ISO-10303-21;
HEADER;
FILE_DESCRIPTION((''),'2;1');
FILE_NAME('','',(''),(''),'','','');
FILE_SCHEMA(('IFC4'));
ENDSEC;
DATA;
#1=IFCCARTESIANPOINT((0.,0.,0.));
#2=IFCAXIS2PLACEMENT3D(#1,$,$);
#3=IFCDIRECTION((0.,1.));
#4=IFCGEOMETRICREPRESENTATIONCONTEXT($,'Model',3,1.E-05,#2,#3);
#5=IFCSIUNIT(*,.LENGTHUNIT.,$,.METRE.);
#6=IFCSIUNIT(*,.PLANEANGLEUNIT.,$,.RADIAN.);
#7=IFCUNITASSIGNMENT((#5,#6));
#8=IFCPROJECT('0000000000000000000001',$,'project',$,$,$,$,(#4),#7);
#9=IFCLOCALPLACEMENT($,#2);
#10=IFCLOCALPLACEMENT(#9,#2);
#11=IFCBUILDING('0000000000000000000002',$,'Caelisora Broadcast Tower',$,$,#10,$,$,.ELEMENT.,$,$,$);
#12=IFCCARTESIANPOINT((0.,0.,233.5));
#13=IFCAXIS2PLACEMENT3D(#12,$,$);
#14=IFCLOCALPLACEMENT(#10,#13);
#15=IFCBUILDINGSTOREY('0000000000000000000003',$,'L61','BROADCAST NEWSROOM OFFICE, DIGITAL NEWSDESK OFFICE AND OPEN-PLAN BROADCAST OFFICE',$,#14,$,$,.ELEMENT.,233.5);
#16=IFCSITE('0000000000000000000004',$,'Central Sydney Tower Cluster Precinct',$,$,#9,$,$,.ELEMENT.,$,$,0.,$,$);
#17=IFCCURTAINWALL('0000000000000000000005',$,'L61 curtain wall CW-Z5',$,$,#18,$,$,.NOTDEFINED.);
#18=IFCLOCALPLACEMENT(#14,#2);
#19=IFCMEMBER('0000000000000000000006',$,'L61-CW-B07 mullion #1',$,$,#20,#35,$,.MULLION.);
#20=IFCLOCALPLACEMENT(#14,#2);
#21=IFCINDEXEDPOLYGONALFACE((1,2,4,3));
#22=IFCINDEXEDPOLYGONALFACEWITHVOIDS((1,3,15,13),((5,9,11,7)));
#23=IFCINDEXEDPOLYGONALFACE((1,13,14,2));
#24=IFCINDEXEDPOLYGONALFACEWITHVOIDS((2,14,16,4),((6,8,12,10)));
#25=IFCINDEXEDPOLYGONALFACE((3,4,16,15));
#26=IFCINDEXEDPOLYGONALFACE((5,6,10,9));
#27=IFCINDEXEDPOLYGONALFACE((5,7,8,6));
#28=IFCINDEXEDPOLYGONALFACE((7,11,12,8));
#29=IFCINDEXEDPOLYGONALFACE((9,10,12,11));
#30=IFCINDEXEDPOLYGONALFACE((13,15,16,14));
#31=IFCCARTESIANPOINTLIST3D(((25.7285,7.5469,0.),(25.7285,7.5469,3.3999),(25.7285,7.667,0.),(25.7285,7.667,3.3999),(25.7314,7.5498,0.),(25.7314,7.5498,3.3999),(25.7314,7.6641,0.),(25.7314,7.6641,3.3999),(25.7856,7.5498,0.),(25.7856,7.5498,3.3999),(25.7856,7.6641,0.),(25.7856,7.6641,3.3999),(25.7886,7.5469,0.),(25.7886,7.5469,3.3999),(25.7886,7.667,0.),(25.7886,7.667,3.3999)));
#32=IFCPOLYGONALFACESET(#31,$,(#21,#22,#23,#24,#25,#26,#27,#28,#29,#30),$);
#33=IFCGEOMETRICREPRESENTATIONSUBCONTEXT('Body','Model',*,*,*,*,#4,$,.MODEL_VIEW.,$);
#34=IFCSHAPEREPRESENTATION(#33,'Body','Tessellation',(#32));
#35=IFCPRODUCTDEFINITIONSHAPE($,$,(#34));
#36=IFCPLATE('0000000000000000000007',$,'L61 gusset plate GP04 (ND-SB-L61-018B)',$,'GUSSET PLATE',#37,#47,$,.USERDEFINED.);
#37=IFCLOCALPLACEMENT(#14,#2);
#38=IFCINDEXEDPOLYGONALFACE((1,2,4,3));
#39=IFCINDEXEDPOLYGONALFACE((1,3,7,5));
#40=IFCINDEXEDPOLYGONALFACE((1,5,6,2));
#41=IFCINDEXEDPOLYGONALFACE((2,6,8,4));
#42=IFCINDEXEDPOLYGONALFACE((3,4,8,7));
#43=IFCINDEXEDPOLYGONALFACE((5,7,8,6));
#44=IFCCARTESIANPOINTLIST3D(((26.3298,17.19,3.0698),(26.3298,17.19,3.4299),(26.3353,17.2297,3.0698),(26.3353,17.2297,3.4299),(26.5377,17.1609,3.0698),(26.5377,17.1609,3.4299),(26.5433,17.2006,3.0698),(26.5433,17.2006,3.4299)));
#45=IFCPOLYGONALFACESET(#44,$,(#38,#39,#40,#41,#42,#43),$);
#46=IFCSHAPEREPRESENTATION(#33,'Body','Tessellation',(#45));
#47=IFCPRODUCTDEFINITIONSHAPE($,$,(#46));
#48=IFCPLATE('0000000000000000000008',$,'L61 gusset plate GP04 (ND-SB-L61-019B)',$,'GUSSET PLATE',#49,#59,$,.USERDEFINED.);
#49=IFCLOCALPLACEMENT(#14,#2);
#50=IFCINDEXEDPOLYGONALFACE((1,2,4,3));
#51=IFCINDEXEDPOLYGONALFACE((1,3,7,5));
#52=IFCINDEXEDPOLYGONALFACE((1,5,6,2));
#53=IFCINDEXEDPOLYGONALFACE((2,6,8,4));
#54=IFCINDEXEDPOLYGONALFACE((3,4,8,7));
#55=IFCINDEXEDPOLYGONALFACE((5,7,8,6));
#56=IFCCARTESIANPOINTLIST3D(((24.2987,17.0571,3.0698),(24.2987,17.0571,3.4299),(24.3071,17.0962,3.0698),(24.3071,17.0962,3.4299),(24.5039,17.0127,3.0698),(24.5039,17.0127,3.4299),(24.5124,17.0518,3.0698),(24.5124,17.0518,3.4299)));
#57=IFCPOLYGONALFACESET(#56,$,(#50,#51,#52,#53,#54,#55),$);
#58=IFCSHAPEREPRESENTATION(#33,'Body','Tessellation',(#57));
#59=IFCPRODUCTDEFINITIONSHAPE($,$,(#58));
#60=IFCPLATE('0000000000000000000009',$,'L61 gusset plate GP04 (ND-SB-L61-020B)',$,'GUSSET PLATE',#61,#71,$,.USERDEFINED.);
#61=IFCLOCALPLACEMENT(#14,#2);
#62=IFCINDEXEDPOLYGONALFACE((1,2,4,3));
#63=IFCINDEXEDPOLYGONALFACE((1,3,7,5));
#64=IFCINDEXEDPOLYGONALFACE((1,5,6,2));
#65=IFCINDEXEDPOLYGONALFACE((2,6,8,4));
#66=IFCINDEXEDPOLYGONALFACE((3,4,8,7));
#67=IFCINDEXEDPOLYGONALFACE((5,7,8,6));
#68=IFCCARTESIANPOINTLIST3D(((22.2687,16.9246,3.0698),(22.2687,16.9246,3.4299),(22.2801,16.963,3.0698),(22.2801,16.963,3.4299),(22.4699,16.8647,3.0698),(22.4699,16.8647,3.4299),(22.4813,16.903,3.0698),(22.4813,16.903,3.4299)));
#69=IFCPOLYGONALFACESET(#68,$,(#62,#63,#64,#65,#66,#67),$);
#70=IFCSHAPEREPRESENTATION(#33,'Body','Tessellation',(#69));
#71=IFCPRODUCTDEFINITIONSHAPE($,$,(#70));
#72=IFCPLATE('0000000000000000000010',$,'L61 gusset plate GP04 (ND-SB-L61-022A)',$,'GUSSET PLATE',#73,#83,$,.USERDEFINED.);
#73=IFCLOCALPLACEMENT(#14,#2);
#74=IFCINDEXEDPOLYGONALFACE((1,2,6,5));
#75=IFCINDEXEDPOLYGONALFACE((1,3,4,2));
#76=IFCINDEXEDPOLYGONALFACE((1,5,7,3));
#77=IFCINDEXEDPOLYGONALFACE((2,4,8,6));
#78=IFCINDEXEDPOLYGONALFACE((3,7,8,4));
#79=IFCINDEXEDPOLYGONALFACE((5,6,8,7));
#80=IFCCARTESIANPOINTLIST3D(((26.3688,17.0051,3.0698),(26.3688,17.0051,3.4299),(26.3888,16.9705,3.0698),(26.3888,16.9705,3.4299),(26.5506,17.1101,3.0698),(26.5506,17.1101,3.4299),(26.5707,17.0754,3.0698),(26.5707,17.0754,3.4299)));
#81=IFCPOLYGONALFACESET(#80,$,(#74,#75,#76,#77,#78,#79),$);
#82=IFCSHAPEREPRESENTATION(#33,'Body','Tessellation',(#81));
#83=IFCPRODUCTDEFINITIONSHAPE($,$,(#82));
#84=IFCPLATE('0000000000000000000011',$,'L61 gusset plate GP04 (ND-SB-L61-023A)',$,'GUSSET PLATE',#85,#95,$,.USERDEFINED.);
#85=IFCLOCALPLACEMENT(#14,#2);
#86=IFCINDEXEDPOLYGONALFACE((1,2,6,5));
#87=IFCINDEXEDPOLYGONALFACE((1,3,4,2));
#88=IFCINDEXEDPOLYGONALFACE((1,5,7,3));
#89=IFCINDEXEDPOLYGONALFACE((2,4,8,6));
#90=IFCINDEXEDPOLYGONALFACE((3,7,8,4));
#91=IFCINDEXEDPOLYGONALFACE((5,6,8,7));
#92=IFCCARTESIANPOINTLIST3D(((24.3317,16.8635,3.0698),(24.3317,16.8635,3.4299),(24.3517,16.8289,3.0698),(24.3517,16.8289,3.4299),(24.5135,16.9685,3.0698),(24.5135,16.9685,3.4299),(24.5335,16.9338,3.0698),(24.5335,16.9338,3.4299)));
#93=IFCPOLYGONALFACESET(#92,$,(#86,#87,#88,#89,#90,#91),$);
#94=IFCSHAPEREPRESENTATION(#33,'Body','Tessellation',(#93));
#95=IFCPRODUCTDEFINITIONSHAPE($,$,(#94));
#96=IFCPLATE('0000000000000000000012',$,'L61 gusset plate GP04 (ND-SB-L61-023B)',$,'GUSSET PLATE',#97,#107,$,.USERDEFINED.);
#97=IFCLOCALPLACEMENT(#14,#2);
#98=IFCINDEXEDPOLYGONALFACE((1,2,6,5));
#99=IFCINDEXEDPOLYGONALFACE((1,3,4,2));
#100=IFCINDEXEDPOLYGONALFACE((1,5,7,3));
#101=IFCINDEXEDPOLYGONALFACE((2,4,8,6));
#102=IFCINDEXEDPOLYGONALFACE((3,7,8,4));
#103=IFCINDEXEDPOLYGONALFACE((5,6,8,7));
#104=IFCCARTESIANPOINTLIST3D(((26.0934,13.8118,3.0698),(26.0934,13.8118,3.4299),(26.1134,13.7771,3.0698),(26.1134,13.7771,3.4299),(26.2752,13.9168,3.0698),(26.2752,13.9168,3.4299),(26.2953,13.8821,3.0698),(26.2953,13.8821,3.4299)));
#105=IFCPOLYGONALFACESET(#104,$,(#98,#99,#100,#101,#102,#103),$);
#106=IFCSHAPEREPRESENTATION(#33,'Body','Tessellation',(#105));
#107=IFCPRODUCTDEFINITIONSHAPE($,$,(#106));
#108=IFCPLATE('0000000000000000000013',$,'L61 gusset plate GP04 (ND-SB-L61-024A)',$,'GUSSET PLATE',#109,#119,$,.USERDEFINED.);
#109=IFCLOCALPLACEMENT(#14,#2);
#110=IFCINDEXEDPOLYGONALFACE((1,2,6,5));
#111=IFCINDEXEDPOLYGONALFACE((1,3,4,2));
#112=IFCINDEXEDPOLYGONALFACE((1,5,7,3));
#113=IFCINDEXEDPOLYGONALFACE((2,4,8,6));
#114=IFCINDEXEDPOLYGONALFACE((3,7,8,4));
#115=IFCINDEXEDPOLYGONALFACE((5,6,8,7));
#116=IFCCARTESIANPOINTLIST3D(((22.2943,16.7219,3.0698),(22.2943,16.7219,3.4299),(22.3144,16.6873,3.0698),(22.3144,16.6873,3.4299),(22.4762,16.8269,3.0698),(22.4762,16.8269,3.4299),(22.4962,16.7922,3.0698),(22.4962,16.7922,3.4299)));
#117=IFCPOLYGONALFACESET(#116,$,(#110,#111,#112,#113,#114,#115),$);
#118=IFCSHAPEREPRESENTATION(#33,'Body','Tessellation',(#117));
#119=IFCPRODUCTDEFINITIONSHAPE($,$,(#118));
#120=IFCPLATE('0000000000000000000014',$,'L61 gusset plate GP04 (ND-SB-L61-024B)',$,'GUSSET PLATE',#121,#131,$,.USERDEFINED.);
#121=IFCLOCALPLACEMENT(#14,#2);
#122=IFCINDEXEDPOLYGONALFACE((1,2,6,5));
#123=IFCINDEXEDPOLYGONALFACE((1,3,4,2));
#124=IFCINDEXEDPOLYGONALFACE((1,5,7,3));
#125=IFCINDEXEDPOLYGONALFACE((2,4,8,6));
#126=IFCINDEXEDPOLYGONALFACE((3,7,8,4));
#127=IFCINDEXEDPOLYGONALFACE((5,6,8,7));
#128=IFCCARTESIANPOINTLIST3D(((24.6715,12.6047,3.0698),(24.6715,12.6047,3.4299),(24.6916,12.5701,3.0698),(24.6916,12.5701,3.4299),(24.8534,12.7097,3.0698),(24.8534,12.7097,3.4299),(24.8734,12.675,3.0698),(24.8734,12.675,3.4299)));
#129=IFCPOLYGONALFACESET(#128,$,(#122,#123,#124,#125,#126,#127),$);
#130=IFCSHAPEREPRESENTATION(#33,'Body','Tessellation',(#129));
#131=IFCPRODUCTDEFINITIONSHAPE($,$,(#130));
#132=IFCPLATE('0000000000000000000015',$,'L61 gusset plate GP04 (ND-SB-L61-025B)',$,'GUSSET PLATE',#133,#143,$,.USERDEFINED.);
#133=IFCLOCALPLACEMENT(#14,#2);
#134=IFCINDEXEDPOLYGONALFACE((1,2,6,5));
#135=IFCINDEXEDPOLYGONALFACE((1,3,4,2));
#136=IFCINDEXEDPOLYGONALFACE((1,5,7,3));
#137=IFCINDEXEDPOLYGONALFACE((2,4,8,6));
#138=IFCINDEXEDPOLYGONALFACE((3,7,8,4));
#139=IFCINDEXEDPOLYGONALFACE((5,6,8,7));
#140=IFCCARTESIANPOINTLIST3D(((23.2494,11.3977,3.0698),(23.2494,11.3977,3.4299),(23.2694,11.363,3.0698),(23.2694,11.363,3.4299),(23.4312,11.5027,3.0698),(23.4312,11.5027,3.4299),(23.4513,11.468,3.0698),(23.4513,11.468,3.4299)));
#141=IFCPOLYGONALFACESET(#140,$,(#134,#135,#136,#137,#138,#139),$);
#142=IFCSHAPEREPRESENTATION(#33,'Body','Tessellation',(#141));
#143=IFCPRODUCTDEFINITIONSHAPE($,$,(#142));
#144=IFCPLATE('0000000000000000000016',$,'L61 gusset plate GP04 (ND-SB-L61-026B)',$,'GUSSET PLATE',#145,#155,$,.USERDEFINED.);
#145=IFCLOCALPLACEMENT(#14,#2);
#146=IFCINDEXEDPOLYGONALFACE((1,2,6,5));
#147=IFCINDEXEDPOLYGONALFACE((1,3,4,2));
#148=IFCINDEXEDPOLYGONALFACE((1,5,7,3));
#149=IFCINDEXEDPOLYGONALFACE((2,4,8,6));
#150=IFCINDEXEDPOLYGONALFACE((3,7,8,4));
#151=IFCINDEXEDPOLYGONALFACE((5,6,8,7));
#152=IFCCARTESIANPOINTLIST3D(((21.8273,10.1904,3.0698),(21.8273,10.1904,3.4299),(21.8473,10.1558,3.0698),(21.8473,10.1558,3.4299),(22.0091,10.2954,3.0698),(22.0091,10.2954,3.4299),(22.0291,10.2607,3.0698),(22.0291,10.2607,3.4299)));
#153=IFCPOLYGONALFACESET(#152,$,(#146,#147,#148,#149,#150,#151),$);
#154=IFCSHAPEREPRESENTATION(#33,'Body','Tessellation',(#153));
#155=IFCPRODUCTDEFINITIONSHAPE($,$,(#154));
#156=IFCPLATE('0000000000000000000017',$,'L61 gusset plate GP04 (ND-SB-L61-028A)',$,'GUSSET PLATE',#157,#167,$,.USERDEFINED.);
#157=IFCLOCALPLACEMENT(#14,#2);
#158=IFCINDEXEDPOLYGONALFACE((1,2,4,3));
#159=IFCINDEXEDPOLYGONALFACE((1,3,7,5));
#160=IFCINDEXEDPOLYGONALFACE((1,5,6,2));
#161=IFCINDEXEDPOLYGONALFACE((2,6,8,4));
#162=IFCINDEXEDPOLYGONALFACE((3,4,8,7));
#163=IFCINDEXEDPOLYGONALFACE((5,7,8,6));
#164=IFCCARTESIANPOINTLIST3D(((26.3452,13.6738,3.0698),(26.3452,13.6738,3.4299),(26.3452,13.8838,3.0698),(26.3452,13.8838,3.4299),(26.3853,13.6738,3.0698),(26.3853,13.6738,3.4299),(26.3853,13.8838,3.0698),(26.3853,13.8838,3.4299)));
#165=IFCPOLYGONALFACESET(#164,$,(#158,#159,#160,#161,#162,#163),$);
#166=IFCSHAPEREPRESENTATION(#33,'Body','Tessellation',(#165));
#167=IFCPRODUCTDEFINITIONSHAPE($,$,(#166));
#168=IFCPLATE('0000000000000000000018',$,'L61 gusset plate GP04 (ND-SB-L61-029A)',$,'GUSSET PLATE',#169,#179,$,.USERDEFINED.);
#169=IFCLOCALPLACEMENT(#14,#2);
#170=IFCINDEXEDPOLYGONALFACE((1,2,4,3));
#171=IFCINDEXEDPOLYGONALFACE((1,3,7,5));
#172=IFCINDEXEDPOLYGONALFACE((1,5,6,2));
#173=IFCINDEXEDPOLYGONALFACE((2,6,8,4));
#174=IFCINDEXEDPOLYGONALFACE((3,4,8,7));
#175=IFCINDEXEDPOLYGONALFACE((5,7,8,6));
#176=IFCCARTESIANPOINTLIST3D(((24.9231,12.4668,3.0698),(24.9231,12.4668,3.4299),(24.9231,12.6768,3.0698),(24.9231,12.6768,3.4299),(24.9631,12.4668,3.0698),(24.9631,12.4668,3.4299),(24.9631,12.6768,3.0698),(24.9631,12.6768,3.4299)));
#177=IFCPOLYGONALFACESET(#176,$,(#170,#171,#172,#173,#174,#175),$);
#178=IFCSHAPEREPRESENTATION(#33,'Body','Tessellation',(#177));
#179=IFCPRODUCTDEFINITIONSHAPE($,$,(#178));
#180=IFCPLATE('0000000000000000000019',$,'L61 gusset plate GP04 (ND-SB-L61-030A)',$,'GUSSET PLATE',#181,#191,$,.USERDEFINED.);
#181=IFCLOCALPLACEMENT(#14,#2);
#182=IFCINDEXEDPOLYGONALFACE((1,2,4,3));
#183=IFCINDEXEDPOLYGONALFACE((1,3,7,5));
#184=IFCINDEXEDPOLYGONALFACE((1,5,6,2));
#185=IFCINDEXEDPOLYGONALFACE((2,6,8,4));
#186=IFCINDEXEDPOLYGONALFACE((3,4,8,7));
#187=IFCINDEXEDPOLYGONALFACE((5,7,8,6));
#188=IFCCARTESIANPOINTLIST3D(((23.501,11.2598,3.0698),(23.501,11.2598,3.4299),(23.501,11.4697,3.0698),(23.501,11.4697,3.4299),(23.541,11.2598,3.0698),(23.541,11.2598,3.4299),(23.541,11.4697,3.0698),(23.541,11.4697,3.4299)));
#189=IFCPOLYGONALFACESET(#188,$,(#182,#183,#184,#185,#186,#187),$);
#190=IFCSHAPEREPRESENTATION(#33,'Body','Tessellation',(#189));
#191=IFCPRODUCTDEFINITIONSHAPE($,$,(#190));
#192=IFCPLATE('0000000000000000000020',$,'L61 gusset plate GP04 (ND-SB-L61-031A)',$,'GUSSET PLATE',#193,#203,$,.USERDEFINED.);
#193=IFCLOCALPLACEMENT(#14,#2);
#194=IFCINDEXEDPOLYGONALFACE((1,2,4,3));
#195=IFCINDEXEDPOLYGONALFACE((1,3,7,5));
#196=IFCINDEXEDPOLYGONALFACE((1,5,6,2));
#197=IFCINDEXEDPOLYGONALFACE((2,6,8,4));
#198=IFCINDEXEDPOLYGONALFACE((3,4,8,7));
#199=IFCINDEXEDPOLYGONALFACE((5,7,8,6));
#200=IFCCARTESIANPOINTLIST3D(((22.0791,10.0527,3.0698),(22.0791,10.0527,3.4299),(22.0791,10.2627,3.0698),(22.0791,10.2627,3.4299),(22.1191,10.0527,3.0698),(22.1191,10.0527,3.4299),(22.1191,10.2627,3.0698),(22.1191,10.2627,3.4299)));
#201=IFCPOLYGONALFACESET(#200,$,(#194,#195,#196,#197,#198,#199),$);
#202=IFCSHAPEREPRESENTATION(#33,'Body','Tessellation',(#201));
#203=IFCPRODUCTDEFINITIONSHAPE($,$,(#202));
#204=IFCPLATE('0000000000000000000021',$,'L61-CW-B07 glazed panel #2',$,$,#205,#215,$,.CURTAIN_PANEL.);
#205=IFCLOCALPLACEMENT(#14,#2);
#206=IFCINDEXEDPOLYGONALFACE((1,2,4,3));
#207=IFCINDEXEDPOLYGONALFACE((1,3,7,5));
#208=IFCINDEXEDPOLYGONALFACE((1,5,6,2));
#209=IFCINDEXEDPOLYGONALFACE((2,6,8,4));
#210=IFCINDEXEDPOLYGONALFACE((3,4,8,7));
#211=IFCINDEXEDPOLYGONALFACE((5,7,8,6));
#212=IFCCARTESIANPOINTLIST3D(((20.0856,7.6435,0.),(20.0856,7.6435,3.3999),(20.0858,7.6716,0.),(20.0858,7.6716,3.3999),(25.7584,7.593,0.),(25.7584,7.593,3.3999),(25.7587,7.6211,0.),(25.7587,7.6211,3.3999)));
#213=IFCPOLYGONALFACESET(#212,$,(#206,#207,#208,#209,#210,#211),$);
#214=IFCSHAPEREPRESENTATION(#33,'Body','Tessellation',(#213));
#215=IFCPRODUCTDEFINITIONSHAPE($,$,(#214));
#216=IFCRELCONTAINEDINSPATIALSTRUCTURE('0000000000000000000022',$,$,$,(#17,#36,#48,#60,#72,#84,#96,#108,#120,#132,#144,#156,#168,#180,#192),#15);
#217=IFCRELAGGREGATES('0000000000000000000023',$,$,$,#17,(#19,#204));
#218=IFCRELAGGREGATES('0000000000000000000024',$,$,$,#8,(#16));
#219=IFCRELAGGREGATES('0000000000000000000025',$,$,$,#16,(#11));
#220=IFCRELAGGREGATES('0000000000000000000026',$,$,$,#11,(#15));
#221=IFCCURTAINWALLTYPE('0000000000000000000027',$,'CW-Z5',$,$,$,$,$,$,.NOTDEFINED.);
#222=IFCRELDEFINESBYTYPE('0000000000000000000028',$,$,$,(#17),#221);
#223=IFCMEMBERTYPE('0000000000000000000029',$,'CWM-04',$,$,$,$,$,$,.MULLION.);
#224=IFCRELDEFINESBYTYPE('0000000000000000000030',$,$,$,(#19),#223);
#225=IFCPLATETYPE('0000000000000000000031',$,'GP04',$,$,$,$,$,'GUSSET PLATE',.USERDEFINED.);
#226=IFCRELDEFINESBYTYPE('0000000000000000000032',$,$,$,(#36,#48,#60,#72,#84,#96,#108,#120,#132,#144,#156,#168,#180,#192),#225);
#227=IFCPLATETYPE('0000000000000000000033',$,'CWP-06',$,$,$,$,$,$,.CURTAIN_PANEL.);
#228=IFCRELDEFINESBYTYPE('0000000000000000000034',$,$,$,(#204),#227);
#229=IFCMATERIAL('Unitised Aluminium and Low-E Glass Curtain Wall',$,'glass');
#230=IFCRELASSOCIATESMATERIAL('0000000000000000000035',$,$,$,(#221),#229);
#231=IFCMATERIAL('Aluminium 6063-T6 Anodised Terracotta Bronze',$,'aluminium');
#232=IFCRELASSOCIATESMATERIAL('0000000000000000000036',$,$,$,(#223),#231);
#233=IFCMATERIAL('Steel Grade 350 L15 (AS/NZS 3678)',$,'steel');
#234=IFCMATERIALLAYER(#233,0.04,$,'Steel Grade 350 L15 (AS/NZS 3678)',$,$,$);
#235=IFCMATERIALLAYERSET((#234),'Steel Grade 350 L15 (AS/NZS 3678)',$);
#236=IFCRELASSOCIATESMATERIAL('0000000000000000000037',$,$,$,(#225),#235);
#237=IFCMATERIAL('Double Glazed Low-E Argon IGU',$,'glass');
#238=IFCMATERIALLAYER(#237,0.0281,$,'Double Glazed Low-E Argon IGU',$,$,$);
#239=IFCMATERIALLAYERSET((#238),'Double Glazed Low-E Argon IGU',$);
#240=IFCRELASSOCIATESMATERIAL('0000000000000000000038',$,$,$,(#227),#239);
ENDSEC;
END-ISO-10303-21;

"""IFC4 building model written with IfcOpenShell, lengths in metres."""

from ifc_helpers import new_model, si_unit, direction, frame, origin, origin_2d, place, context, subcontext, project, spatial, rectangle, hollow_rectangle, extrude, source, transform, mapped, material, layer, layer_set, material_profile, profile_set, type_object, type_shapes, element, aggregate, save


model = new_model("IFC4")

# Units and contexts
model_context = context("Model", 3, precision=1e-05, world=origin(), true_north=direction((0.0, 1.0)))
body_context = subcontext(model_context, "Body", "Model", "MODEL_VIEW")
ifc_project = project(units=[si_unit("LENGTHUNIT", "METRE"), si_unit("PLANEANGLEUNIT", "RADIAN")], contexts=[model_context])

# Site, building, storey
site_placement = place(None, origin())
site = spatial("IfcSite", under=ifc_project, at=site_placement, Name="Central Sydney Tower Cluster Precinct", CompositionType="ELEMENT", RefElevation=0.0)
building_placement = place(site_placement, origin())
building = spatial("IfcBuilding", under=site, at=building_placement, Name="Caelisora Broadcast Tower", CompositionType="ELEMENT")
storey_placement = place(building_placement, frame((0.0, 0.0, 233.5)))
storey = spatial("IfcBuildingStorey", under=building, at=storey_placement, Name="L61", Description="BROADCAST NEWSROOM OFFICE, DIGITAL NEWSDESK OFFICE AND OPEN-PLAN BROADCAST OFFICE", CompositionType="ELEMENT", Elevation=233.5)

# Shared definitions
ifc_material_1 = material(Name="Steel Grade 350 L15 (AS/NZS 3678)", Category="steel")

# Curtain wall, member
ifc_material_2 = material(Name="Unitised Aluminium and Low-E Glass Curtain Wall", Category="glass")
curtain_wall_type = type_object("IfcCurtainWallType", Name="CW-Z5", PredefinedType="NOTDEFINED", material=ifc_material_2)
curtain_wall_placement = place(storey_placement, origin())
curtain_wall = element("IfcCurtainWall", 1, at=curtain_wall_placement, inside=storey, type_object=curtain_wall_type, Name="L61 curtain wall CW-Z5", PredefinedType="NOTDEFINED")
ifc_material_3 = material(Name="Aluminium 6063-T6 Anodised Terracotta Bronze", Category="aluminium")
ifc_material_profile_1 = material_profile(ifc_material_3, hollow_rectangle(XDim=0.0601, YDim=0.1201, WallThickness=0.0029, at=origin_2d()), Name="Aluminium 6063-T6 Anodised Terracotta Bronze")
ifc_profile_set_1 = profile_set([ifc_material_profile_1], Name="Aluminium 6063-T6 Anodised Terracotta Bronze")
member_type = type_object("IfcMemberType", Name="CWM-04", PredefinedType="MULLION", material=ifc_profile_set_1)
shared_shape_1 = source(origin(), body_context, "Body", "SweptSolid", [
    extrude(hollow_rectangle(XDim=0.0601, YDim=0.1201, WallThickness=0.0029, at=origin_2d()), origin(), (0.0, 0.0, 1.0), 3.3999),
])
type_shapes(member_type, [shared_shape_1])
member_placement = place(storey_placement, frame((25.7585, 7.6069, 0.0), z_axis=(0.0, 0.0, 1.0), x_axis=(1.0, 0.0, 0.0)))
member = element("IfcMember", 2, at=member_placement, type_object=member_type, Name="L61-CW-B07 mullion #1", PredefinedType="MULLION", context=body_context, shape_type="MappedRepresentation", body=[
    mapped(shared_shape_1, transform((0.0, 0.0, 0.0), scale=1.0)),
])

# Plates
ifc_layer_1 = layer(ifc_material_1, 0.04, Name="Steel Grade 350 L15 (AS/NZS 3678)")
ifc_layer_set_1 = layer_set([ifc_layer_1], Name="Steel Grade 350 L15 (AS/NZS 3678)")
plate_type_1 = type_object("IfcPlateType", Name="GP04", ElementType="GUSSET PLATE", PredefinedType="USERDEFINED", material=ifc_layer_set_1)
shared_shape_2 = source(origin(), body_context, "Body", "SweptSolid", [
    extrude(rectangle(XDim=0.21, YDim=0.04, at=origin_2d()), origin(), (0.0, 0.0, 1.0), 0.3601),
])
type_shapes(plate_type_1, [shared_shape_2])
for number, where, z_axis, x_axis, name in (
    (3, (26.4365, 17.1953, 3.0698), (0.0, 0.0, 1.0), (0.990341, -0.138655, 0.0), "L61 gusset plate GP04 (ND-SB-L61-018B)"),
    (4, (24.4055, 17.0544, 3.0698), (0.0, 0.0, 1.0), (0.977379, -0.211495, 0.0), "L61 gusset plate GP04 (ND-SB-L61-019B)"),
    (5, (22.375, 16.9138, 3.0698), (0.0, 0.0, 1.0), (0.958372, -0.285521, 0.0), "L61 gusset plate GP04 (ND-SB-L61-020B)"),
    (6, (26.4697, 17.0403, 3.0698), (0.0, 0.0, 1.0), (0.866025, 0.5, 0.0), "L61 gusset plate GP04 (ND-SB-L61-022A)"),
    (7, (24.4326, 16.8987, 3.0698), (0.0, 0.0, 1.0), (0.866025, 0.5, 0.0), "L61 gusset plate GP04 (ND-SB-L61-023A)"),
    (8, (26.1943, 13.8469, 3.0698), (0.0, 0.0, 1.0), (0.866025, 0.5, 0.0), "L61 gusset plate GP04 (ND-SB-L61-023B)"),
    (9, (22.3953, 16.7571, 3.0698), (0.0, 0.0, 1.0), (0.866025, 0.5, 0.0), "L61 gusset plate GP04 (ND-SB-L61-024A)"),
    (10, (24.7725, 12.6399, 3.0698), (0.0, 0.0, 1.0), (0.866025, 0.5, 0.0), "L61 gusset plate GP04 (ND-SB-L61-024B)"),
    (11, (23.3503, 11.4329, 3.0698), (0.0, 0.0, 1.0), (0.866025, 0.5, 0.0), "L61 gusset plate GP04 (ND-SB-L61-025B)"),
    (12, (21.9282, 10.2256, 3.0698), (0.0, 0.0, 1.0), (0.866025, 0.5, 0.0), "L61 gusset plate GP04 (ND-SB-L61-026B)"),
    (13, (26.3652, 13.7788, 3.0698), (0.0, 0.0, 1.0), (0.0, 1.0, 0.0), "L61 gusset plate GP04 (ND-SB-L61-028A)"),
    (14, (24.9431, 12.5718, 3.0698), (0.0, 0.0, 1.0), (0.0, 1.0, 0.0), "L61 gusset plate GP04 (ND-SB-L61-029A)"),
    (15, (23.521, 11.3647, 3.0698), (0.0, 0.0, 1.0), (0.0, 1.0, 0.0), "L61 gusset plate GP04 (ND-SB-L61-030A)"),
    (16, (22.0991, 10.1577, 3.0698), (0.0, 0.0, 1.0), (0.0, 1.0, 0.0), "L61 gusset plate GP04 (ND-SB-L61-031A)"),
):
    element("IfcPlate", number, at=place(storey_placement, frame(where, z_axis=z_axis, x_axis=x_axis)), inside=storey, type_object=plate_type_1, Name=name, ObjectType="GUSSET PLATE", PredefinedType="USERDEFINED", context=body_context, shape_type="MappedRepresentation", body=[
        mapped(shared_shape_2, transform((0.0, 0.0, 0.0), scale=1.0)),
    ])

# Plate
ifc_material_4 = material(Name="Double Glazed Low-E Argon IGU", Category="glass")
ifc_layer_2 = layer(ifc_material_4, 0.0281, Name="Double Glazed Low-E Argon IGU")
ifc_layer_set_2 = layer_set([ifc_layer_2], Name="Double Glazed Low-E Argon IGU")
plate_type_2 = type_object("IfcPlateType", Name="CWP-06", PredefinedType="CURTAIN_PANEL", material=ifc_layer_set_2)
shared_shape_3 = source(origin(), body_context, "Body", "SweptSolid", [
    extrude(rectangle(XDim=5.6731, YDim=0.0281, at=origin_2d()), origin(), (0.0, 0.0, 1.0), 3.3999),
])
type_shapes(plate_type_2, [shared_shape_3])
plate_placement = place(storey_placement, frame((22.9221, 7.6323, 0.0), z_axis=(0.0, 0.0, 1.0), x_axis=(-0.99996, 0.008901, 0.0)))
plate = element("IfcPlate", 17, at=plate_placement, type_object=plate_type_2, Name="L61-CW-B07 glazed panel #2", PredefinedType="CURTAIN_PANEL", context=body_context, shape_type="MappedRepresentation", body=[
    mapped(shared_shape_3, transform((0.0, 0.0, 0.0), scale=1.0)),
])
aggregate(curtain_wall, [member, plate])

save(model, "model.ifc")
